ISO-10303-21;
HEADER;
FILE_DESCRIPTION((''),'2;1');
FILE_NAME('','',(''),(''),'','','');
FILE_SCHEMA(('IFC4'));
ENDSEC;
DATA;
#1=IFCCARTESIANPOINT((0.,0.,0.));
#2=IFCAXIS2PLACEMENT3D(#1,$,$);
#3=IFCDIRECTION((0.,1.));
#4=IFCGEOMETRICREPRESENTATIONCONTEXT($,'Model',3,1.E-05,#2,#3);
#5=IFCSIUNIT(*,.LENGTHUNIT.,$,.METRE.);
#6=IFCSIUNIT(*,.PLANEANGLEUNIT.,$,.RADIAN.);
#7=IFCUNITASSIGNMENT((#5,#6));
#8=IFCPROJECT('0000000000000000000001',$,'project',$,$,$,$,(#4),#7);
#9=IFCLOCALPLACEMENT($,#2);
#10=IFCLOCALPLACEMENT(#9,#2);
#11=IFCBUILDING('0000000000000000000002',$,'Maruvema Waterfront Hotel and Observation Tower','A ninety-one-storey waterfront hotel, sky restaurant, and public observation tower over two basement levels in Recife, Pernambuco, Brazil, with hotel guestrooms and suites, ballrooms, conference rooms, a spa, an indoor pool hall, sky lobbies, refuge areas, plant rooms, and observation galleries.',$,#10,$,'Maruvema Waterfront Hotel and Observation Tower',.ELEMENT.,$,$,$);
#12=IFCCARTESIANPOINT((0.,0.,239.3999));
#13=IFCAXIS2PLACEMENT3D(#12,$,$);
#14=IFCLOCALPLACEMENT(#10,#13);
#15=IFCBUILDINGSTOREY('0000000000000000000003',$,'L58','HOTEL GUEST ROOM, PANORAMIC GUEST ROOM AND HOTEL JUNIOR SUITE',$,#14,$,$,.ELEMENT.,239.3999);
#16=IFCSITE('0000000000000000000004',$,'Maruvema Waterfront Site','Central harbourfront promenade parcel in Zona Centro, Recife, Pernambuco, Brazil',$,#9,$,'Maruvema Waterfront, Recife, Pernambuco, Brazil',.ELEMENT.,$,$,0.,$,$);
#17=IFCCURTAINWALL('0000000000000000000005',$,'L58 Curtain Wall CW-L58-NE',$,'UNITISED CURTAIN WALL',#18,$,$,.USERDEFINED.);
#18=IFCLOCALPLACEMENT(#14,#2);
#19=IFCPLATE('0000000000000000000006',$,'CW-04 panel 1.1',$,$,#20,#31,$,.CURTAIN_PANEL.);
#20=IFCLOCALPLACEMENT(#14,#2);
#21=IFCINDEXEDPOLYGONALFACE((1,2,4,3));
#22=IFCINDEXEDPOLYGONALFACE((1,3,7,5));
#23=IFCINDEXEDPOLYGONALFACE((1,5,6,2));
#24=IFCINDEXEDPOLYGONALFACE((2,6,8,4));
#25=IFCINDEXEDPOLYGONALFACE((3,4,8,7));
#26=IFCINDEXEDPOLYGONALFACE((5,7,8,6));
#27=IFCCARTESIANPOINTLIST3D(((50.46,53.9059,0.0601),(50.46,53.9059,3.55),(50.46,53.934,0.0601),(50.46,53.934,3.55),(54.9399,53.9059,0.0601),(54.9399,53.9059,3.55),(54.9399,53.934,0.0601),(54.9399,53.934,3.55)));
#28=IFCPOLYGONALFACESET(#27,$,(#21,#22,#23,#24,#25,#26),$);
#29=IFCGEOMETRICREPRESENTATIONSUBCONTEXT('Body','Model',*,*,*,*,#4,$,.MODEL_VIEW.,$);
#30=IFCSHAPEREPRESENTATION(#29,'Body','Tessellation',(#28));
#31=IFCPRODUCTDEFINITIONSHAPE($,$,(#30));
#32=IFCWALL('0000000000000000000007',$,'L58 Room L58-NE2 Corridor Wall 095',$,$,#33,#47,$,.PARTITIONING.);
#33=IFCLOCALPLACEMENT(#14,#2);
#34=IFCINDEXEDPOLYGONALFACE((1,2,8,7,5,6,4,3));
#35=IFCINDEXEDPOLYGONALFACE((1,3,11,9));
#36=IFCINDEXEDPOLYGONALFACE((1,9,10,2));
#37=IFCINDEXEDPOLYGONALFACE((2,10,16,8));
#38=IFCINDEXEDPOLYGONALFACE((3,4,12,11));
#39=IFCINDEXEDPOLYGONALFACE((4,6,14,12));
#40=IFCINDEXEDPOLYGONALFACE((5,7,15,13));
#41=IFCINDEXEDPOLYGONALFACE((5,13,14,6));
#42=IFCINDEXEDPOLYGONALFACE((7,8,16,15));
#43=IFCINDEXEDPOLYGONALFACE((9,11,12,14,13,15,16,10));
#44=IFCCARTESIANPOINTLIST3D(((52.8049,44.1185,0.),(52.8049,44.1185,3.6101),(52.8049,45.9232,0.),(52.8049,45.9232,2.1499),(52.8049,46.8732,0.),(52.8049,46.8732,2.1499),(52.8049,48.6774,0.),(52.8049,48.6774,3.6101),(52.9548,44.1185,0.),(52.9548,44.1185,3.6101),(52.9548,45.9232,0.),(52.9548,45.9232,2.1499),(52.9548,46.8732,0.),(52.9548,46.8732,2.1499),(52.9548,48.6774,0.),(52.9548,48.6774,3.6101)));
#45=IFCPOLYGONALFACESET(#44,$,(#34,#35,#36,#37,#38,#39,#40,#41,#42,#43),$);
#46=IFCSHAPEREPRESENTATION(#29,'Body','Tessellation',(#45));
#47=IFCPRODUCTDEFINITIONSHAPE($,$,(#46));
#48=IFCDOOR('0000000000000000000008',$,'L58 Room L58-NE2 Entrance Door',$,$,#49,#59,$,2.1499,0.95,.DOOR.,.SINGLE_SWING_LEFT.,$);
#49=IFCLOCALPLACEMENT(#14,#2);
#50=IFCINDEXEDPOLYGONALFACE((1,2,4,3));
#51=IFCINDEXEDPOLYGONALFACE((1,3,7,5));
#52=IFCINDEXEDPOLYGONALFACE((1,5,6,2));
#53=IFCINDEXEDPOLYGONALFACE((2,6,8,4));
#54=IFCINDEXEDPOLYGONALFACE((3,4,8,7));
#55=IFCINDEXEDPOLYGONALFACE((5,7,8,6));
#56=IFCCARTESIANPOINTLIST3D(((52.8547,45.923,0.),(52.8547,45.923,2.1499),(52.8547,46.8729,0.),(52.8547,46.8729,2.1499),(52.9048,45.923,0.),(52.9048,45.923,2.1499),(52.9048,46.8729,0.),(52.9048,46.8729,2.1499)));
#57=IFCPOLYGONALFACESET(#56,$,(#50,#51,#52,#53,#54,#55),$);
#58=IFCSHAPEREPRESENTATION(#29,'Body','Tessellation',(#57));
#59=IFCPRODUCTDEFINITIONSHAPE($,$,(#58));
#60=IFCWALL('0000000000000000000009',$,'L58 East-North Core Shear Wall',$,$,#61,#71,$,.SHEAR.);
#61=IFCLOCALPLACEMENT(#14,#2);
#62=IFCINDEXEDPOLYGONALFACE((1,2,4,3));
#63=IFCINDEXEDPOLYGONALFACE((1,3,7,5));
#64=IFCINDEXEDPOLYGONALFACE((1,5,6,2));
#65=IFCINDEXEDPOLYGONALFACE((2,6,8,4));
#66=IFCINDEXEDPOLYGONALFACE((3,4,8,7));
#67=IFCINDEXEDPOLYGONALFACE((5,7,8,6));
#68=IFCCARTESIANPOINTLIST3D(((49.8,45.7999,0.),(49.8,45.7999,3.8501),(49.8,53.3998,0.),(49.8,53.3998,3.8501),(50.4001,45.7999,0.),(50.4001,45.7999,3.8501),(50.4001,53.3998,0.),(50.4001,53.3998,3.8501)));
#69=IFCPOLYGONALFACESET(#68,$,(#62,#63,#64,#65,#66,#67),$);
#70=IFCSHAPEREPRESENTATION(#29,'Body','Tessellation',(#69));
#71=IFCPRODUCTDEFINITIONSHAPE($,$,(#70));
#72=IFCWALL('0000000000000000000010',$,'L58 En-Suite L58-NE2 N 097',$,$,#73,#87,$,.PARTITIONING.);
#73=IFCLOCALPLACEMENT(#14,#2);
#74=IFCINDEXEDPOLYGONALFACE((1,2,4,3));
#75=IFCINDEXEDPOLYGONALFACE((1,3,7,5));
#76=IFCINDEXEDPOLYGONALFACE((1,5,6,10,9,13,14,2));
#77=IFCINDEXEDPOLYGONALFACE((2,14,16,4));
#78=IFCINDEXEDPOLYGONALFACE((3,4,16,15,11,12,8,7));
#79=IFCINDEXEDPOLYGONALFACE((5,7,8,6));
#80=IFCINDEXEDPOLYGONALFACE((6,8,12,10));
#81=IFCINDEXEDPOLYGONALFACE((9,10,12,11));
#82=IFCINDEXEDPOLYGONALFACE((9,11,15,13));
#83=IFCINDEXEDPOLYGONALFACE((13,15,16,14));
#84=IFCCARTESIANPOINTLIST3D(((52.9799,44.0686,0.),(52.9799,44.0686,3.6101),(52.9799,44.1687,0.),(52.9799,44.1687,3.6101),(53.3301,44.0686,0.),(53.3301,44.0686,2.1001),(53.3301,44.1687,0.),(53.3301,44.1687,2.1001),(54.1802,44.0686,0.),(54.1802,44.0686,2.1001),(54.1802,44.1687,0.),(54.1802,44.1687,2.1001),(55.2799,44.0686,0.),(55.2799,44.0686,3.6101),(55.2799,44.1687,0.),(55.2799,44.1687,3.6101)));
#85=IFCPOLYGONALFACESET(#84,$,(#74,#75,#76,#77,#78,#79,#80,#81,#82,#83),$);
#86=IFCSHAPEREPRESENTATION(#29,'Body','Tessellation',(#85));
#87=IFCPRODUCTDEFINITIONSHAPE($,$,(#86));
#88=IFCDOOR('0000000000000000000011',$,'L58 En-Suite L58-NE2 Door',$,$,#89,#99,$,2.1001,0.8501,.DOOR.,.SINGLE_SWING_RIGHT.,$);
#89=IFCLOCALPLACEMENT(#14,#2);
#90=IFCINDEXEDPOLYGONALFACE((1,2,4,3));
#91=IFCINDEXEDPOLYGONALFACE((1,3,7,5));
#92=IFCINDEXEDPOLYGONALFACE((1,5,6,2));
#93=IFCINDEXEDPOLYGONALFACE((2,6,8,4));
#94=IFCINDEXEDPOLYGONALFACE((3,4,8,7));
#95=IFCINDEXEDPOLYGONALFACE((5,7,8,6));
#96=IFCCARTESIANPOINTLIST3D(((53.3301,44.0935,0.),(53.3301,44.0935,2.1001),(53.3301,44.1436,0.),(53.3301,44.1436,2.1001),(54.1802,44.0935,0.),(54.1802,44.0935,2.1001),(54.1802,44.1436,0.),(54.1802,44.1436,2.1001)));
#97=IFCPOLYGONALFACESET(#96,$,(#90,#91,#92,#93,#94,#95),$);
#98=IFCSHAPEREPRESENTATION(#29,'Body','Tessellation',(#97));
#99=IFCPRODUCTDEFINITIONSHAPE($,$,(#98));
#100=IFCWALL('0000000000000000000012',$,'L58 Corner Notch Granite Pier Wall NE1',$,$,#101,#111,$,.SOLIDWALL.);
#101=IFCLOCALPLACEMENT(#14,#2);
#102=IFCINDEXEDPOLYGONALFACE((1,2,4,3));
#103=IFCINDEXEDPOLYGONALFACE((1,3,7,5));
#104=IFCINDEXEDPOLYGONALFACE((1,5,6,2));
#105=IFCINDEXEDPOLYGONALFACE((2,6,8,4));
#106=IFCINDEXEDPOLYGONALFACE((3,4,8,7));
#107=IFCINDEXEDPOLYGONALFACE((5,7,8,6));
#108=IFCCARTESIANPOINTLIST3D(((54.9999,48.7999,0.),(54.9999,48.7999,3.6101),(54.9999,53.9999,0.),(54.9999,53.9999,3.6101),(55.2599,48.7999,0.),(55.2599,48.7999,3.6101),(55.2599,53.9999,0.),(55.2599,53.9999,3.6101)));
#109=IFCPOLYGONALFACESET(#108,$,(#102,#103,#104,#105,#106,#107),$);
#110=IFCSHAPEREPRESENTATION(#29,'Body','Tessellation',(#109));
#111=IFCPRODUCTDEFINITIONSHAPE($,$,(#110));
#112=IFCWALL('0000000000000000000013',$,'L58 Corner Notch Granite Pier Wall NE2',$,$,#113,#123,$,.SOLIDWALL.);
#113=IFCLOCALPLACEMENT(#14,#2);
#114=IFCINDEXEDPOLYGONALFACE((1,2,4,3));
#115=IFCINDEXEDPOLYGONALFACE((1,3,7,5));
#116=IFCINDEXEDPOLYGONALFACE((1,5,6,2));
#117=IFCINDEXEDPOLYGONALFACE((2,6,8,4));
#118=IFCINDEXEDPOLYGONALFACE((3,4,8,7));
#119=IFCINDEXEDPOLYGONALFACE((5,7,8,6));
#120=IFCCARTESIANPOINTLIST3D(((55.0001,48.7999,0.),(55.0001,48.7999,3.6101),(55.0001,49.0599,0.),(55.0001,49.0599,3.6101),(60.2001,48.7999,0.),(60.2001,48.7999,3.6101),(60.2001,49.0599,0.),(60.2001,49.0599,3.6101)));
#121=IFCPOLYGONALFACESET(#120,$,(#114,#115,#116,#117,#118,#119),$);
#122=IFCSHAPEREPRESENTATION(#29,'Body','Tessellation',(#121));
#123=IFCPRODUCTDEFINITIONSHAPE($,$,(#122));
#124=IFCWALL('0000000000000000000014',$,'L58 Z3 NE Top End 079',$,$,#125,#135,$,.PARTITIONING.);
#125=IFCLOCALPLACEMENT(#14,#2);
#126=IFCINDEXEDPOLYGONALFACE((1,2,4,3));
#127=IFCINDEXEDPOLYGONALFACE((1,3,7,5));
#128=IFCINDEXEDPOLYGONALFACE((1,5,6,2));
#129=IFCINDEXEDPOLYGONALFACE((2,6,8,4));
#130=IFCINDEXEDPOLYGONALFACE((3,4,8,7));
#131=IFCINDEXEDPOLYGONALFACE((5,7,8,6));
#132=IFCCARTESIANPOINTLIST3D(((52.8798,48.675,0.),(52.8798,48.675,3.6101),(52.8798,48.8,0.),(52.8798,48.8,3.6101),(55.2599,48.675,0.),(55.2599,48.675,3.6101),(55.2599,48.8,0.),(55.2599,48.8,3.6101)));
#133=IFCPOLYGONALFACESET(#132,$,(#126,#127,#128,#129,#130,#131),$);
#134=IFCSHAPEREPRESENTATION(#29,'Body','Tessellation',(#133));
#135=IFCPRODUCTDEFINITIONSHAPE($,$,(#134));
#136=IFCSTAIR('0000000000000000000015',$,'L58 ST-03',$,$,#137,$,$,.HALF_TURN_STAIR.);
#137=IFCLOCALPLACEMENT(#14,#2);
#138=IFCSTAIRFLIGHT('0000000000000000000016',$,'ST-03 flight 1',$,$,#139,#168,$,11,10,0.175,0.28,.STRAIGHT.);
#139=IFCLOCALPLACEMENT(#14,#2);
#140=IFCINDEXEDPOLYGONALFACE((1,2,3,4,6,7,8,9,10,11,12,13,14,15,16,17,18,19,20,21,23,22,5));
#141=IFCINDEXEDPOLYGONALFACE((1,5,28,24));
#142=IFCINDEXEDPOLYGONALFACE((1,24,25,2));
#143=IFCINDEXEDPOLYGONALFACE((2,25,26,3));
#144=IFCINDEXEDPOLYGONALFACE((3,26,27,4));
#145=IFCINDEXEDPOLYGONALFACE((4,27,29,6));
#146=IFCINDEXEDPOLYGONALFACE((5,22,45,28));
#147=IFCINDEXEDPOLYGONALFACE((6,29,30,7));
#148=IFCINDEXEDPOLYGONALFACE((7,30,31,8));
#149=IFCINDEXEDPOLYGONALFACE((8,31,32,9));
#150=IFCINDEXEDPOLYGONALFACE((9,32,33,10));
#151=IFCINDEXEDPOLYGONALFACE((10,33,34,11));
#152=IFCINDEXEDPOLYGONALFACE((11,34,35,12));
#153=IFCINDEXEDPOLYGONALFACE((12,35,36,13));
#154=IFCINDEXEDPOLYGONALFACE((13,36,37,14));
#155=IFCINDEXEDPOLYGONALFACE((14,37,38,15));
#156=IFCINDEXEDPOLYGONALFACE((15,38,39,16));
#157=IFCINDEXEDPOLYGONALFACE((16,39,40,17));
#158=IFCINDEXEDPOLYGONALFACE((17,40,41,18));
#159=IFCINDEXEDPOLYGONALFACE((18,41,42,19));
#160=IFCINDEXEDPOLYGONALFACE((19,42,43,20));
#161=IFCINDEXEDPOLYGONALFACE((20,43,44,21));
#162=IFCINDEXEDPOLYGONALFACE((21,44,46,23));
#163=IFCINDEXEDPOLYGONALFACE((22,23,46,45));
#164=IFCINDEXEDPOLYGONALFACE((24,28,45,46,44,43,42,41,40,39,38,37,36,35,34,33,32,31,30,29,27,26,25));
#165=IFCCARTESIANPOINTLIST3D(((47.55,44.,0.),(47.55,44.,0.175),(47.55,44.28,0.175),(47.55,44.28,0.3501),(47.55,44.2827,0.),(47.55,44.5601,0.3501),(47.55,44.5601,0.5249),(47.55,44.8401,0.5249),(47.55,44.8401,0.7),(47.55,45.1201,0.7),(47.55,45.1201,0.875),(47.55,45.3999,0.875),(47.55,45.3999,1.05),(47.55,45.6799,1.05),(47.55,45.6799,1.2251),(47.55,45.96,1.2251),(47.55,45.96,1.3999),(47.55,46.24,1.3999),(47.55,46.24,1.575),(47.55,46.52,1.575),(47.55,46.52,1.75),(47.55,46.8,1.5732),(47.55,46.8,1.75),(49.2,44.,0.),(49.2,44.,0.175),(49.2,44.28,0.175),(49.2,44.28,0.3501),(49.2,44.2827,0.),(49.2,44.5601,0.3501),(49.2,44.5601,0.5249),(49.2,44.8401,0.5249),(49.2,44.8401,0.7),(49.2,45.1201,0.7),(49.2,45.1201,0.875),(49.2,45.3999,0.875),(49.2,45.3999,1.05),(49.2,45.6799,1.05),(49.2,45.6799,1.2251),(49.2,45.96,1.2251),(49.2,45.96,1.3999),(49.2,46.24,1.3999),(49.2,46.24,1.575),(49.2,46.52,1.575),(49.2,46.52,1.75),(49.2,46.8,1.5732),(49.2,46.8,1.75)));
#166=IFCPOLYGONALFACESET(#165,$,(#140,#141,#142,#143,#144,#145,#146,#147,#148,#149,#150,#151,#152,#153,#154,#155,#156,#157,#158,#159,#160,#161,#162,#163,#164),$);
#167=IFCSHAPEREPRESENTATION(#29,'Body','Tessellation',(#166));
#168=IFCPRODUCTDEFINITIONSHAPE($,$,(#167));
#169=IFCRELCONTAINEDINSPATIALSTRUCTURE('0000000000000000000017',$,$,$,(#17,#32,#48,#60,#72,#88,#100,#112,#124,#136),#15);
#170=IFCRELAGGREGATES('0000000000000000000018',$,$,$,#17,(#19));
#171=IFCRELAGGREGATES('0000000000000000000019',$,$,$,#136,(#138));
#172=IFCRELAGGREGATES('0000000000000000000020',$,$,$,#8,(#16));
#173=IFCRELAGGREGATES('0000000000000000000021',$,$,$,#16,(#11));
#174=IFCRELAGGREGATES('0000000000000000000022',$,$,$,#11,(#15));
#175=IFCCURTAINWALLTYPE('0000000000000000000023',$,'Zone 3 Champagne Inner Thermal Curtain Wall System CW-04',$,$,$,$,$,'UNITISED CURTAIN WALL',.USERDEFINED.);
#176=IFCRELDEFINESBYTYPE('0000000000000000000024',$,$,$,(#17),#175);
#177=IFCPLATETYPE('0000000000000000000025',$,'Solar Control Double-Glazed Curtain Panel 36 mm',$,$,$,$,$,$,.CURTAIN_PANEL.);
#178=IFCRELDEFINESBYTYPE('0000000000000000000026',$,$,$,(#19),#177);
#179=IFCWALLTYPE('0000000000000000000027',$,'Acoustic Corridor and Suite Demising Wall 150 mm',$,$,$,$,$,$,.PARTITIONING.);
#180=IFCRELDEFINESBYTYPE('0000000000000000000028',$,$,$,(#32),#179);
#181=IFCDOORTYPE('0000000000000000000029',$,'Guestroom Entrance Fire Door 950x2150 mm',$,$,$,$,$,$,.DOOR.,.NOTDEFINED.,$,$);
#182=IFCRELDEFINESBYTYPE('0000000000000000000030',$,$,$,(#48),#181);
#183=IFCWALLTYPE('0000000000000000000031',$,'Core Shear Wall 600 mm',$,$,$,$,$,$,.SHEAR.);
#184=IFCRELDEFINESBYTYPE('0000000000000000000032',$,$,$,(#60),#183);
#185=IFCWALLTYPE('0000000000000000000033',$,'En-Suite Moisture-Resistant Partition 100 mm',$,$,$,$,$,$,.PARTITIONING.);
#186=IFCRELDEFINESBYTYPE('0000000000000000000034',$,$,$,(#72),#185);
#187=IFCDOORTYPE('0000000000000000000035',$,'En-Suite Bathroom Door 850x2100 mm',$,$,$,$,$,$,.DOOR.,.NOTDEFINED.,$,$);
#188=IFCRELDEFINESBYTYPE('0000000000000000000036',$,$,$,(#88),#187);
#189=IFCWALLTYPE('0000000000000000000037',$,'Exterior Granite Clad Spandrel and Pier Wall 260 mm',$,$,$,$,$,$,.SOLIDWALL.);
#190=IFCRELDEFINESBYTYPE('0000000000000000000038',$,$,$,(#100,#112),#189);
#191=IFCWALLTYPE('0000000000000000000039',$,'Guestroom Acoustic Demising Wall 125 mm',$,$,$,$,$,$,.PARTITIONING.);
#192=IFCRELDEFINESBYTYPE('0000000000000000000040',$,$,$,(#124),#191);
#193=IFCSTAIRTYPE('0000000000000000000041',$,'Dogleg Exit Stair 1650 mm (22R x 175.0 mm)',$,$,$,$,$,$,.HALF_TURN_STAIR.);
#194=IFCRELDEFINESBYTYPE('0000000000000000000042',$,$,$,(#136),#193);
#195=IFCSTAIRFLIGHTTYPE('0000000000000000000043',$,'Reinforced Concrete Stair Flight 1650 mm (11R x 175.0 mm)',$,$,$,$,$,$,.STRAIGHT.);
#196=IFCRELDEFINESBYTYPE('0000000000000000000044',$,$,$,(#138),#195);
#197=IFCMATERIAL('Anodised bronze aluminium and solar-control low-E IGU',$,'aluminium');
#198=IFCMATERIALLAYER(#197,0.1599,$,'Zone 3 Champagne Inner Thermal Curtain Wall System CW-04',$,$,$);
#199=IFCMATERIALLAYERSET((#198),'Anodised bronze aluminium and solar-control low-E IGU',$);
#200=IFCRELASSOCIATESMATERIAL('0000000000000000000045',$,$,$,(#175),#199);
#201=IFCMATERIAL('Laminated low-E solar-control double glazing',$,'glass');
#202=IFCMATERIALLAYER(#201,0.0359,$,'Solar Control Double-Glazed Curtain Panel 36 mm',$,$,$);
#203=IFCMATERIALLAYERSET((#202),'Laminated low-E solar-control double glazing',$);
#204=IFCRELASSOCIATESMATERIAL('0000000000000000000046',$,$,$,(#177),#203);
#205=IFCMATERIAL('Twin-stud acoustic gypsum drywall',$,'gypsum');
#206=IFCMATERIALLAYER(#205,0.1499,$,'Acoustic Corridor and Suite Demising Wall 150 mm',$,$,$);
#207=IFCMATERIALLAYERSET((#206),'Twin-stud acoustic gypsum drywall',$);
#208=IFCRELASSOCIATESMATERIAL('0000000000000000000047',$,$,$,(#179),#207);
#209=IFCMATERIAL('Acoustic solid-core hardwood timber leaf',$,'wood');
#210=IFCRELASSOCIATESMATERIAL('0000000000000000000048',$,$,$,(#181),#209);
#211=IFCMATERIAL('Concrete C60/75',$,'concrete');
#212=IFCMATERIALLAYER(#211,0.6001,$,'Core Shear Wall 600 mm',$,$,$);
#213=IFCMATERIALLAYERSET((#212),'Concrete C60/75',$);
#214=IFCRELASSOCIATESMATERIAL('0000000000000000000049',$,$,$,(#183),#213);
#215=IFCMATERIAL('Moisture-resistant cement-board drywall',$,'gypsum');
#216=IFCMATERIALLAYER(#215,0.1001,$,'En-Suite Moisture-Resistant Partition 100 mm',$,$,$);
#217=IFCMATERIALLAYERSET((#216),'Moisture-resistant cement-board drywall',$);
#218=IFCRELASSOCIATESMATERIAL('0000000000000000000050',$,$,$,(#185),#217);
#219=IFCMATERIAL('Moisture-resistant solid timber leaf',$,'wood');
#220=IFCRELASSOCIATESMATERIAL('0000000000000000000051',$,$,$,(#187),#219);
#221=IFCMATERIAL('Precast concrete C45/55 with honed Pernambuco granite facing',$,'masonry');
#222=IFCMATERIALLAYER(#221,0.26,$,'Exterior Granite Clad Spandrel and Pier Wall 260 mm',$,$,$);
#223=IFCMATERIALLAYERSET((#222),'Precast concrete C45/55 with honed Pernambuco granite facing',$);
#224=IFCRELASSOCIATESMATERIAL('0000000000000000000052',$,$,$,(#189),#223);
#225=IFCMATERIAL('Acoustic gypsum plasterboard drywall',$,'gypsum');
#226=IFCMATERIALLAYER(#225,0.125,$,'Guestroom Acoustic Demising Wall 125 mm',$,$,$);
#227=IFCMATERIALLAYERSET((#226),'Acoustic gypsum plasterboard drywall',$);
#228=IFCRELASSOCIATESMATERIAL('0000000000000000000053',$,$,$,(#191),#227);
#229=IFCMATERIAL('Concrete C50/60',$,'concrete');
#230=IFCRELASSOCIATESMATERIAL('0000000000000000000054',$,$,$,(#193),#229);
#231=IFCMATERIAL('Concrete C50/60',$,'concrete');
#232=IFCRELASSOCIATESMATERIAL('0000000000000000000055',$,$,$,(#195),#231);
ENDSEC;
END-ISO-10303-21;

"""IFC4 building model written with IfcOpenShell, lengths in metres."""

from ifc_helpers import new_model, si_unit, direction, frame, frame_2d, origin, origin_2d, place, context, subcontext, project, spatial, polyline, rectangle, outline, extrude, material, layer, layer_set, type_object, element, fill, aggregate, save


model = new_model("IFC4")

# Units and contexts
model_context = context("Model", 3, precision=1e-05, world=origin(), true_north=direction((0.0, 1.0)))
body_context = subcontext(model_context, "Body", "Model", "MODEL_VIEW")
ifc_project = project(units=[si_unit("LENGTHUNIT", "METRE"), si_unit("PLANEANGLEUNIT", "RADIAN")], contexts=[model_context])

# Site, building, storey
site_placement = place(None, origin())
site = spatial("IfcSite", under=ifc_project, at=site_placement, Name="Maruvema Waterfront Site", Description="Central harbourfront promenade parcel in Zona Centro, Recife, Pernambuco, Brazil", LongName="Maruvema Waterfront, Recife, Pernambuco, Brazil", CompositionType="ELEMENT", RefElevation=0.0)
building_placement = place(site_placement, origin())
building = spatial("IfcBuilding", under=site, at=building_placement, Name="Maruvema Waterfront Hotel and Observation Tower", Description="A ninety-one-storey waterfront hotel, sky restaurant, and public observation tower over two basement levels in Recife, Pernambuco, Brazil, with hotel guestrooms and suites, ballrooms, conference rooms, a spa, an indoor pool hall, sky lobbies, refuge areas, plant rooms, and observation galleries.", LongName="Maruvema Waterfront Hotel and Observation Tower", CompositionType="ELEMENT")
storey_placement = place(building_placement, frame((0.0, 0.0, 239.3999)))
storey = spatial("IfcBuildingStorey", under=building, at=storey_placement, Name="L58", Description="HOTEL GUEST ROOM, PANORAMIC GUEST ROOM AND HOTEL JUNIOR SUITE", CompositionType="ELEMENT", Elevation=239.3999)

# Curtain wall
ifc_material_1 = material(Name="Anodised bronze aluminium and solar-control low-E IGU", Category="aluminium")
ifc_layer_1 = layer(ifc_material_1, 0.1599, Name="Zone 3 Champagne Inner Thermal Curtain Wall System CW-04")
ifc_layer_set_1 = layer_set([ifc_layer_1], Name="Anodised bronze aluminium and solar-control low-E IGU")
curtain_wall_type = type_object("IfcCurtainWallType", Name="Zone 3 Champagne Inner Thermal Curtain Wall System CW-04", ElementType="UNITISED CURTAIN WALL", PredefinedType="USERDEFINED", material=ifc_layer_set_1)
curtain_wall_1_placement = place(storey_placement, origin())
curtain_wall_1 = element("IfcCurtainWall", 1, at=curtain_wall_1_placement, inside=storey, type_object=curtain_wall_type, Name="L58 Curtain Wall CW-L58-NE", ObjectType="UNITISED CURTAIN WALL", PredefinedType="USERDEFINED")

# Plate
ifc_material_2 = material(Name="Laminated low-E solar-control double glazing", Category="glass")
ifc_layer_2 = layer(ifc_material_2, 0.0359, Name="Solar Control Double-Glazed Curtain Panel 36 mm")
ifc_layer_set_2 = layer_set([ifc_layer_2], Name="Laminated low-E solar-control double glazing")
plate_type = type_object("IfcPlateType", Name="Solar Control Double-Glazed Curtain Panel 36 mm", PredefinedType="CURTAIN_PANEL", material=ifc_layer_set_2)
plate_1_placement = place(storey_placement, frame((52.7, 53.9199, 0.0601), z_axis=(0.0, 0.0, 1.0), x_axis=(-1.0, 0.0, 0.0)))
plate_1 = element("IfcPlate", 2, at=plate_1_placement, type_object=plate_type, Name="CW-04 panel 1.1", PredefinedType="CURTAIN_PANEL", context=body_context, shape_type="SweptSolid", body=[
    extrude(rectangle(XDim=4.48, YDim=0.0281, at=origin_2d()), origin(), (0.0, 0.0, 1.0), 3.49),
])
aggregate(curtain_wall_1, [plate_1])

# Wall, opening, door
ifc_material_3 = material(Name="Twin-stud acoustic gypsum drywall", Category="gypsum")
ifc_layer_3 = layer(ifc_material_3, 0.1499, Name="Acoustic Corridor and Suite Demising Wall 150 mm")
ifc_layer_set_3 = layer_set([ifc_layer_3], Name="Twin-stud acoustic gypsum drywall")
wall_type_1 = type_object("IfcWallType", Name="Acoustic Corridor and Suite Demising Wall 150 mm", PredefinedType="PARTITIONING", material=ifc_layer_set_3)
wall_1_placement = place(storey_placement, frame((52.8799, 44.1187, 0.0), z_axis=(0.0, 0.0, 1.0), x_axis=(0.0, 1.0, 0.0)))
wall_1 = element("IfcWall", 3, at=wall_1_placement, inside=storey, type_object=wall_type_1, Name="L58 Room L58-NE2 Corridor Wall 095", PredefinedType="PARTITIONING", context=body_context, shape_type="SweptSolid", body=[
    extrude(rectangle(XDim=4.5588, YDim=0.1499, at=frame_2d((2.2793, 0.0))), origin(), (0.0, 0.0, 1.0), 3.6101),
])
opening_1_placement = place(wall_1_placement, frame((1.8044, 0.0, 0.0)))
opening_1 = element("IfcOpeningElement", 4, at=opening_1_placement, cuts=wall_1, PredefinedType="OPENING", context=body_context, shape_type="SweptSolid", body=[
    extrude(rectangle(XDim=0.95, YDim=2.1499, at=frame_2d((0.4751, 1.075))), frame((0.0, 0.085, 0.0), z_axis=(0.0, -1.0, 0.0), x_axis=(1.0, 0.0, 0.0)), (0.0, 0.0, 1.0), 0.1699),
])
ifc_material_4 = material(Name="Acoustic solid-core hardwood timber leaf", Category="wood")
door_type_1 = type_object("IfcDoorType", Name="Guestroom Entrance Fire Door 950x2150 mm", OperationType="NOTDEFINED", PredefinedType="DOOR", material=ifc_material_4)
door_1_placement = place(opening_1_placement, frame((0.95, 0.0, 0.0), z_axis=(0.0, 0.0, 1.0), x_axis=(-1.0, 0.0, 0.0)))
door_1 = element("IfcDoor", 5, at=door_1_placement, inside=storey, type_object=door_type_1, Name="L58 Room L58-NE2 Entrance Door", OperationType="SINGLE_SWING_LEFT", OverallHeight=2.1499, OverallWidth=0.95, PredefinedType="DOOR", context=body_context, shape_type="SweptSolid", body=[
    extrude(rectangle(XDim=0.95, YDim=2.1499, at=frame_2d((0.4751, 1.075))), frame((0.0, 0.0249, 0.0), z_axis=(0.0, -1.0, 0.0), x_axis=(1.0, 0.0, 0.0)), (0.0, 0.0, 1.0), 0.05),
])
fill(opening_1, door_1)

# Wall
ifc_material_5 = material(Name="Concrete C60/75", Category="concrete")
ifc_layer_4 = layer(ifc_material_5, 0.6001, Name="Core Shear Wall 600 mm")
ifc_layer_set_4 = layer_set([ifc_layer_4], Name="Concrete C60/75")
wall_type_2 = type_object("IfcWallType", Name="Core Shear Wall 600 mm", PredefinedType="SHEAR", material=ifc_layer_set_4)
wall_2_placement = place(storey_placement, frame((50.1001, 45.8, 0.0), z_axis=(0.0, 0.0, 1.0), x_axis=(0.0, 1.0, 0.0)))
element("IfcWall", 6, at=wall_2_placement, inside=storey, type_object=wall_type_2, Name="L58 East-North Core Shear Wall", PredefinedType="SHEAR", context=body_context, shape_type="SweptSolid", body=[
    extrude(rectangle(XDim=7.5999, YDim=0.6001, at=frame_2d((3.7998, 0.0))), origin(), (0.0, 0.0, 1.0), 3.8501),
])

# Wall, opening, door
ifc_material_6 = material(Name="Moisture-resistant cement-board drywall", Category="gypsum")
ifc_layer_5 = layer(ifc_material_6, 0.1001, Name="En-Suite Moisture-Resistant Partition 100 mm")
ifc_layer_set_5 = layer_set([ifc_layer_5], Name="Moisture-resistant cement-board drywall")
wall_type_3 = type_object("IfcWallType", Name="En-Suite Moisture-Resistant Partition 100 mm", PredefinedType="PARTITIONING", material=ifc_layer_set_5)
wall_3_placement = place(storey_placement, frame((52.98, 44.1187, 0.0), z_axis=(0.0, 0.0, 1.0), x_axis=(1.0, 0.0, 0.0)))
wall_3 = element("IfcWall", 7, at=wall_3_placement, inside=storey, type_object=wall_type_3, Name="L58 En-Suite L58-NE2 N 097", PredefinedType="PARTITIONING", context=body_context, shape_type="SweptSolid", body=[
    extrude(rectangle(XDim=2.3, YDim=0.1001, at=frame_2d((1.1499, 0.0))), origin(), (0.0, 0.0, 1.0), 3.6101),
])
opening_2_placement = place(wall_3_placement, frame((0.3501, 0.0, 0.0)))
opening_2 = element("IfcOpeningElement", 8, at=opening_2_placement, cuts=wall_3, PredefinedType="OPENING", context=body_context, shape_type="SweptSolid", body=[
    extrude(rectangle(XDim=0.8501, YDim=2.1001, at=frame_2d((0.425, 1.05))), frame((0.0, 0.0601, 0.0), z_axis=(0.0, -1.0, 0.0), x_axis=(1.0, 0.0, 0.0)), (0.0, 0.0, 1.0), 0.1201),
])
ifc_material_7 = material(Name="Moisture-resistant solid timber leaf", Category="wood")
door_type_2 = type_object("IfcDoorType", Name="En-Suite Bathroom Door 850x2100 mm", OperationType="NOTDEFINED", PredefinedType="DOOR", material=ifc_material_7)
door_2_placement = place(opening_2_placement, origin())
door_2 = element("IfcDoor", 9, at=door_2_placement, inside=storey, type_object=door_type_2, Name="L58 En-Suite L58-NE2 Door", OperationType="SINGLE_SWING_RIGHT", OverallHeight=2.1001, OverallWidth=0.8501, PredefinedType="DOOR", context=body_context, shape_type="SweptSolid", body=[
    extrude(rectangle(XDim=0.8501, YDim=2.1001, at=frame_2d((0.425, 1.05))), frame((0.0, 0.0249, 0.0), z_axis=(0.0, -1.0, 0.0), x_axis=(1.0, 0.0, 0.0)), (0.0, 0.0, 1.0), 0.05),
])
fill(opening_2, door_2)

# Walls
ifc_material_8 = material(Name="Precast concrete C45/55 with honed Pernambuco granite facing", Category="masonry")
ifc_layer_6 = layer(ifc_material_8, 0.26, Name="Exterior Granite Clad Spandrel and Pier Wall 260 mm")
ifc_layer_set_6 = layer_set([ifc_layer_6], Name="Precast concrete C45/55 with honed Pernambuco granite facing")
wall_type_4 = type_object("IfcWallType", Name="Exterior Granite Clad Spandrel and Pier Wall 260 mm", PredefinedType="SOLIDWALL", material=ifc_layer_set_6)
for number, where, z_axis, x_axis, name in (
    (10, (55.1299, 54.0, 0.0), (0.0, 0.0, 1.0), (0.0, -1.0, 0.0), "L58 Corner Notch Granite Pier Wall NE1"),
    (11, (55.0, 48.9299, 0.0), (0.0, 0.0, 1.0), (1.0, 0.0, 0.0), "L58 Corner Notch Granite Pier Wall NE2"),
):
    element("IfcWall", number, at=place(storey_placement, frame(where, z_axis=z_axis, x_axis=x_axis)), inside=storey, type_object=wall_type_4, Name=name, PredefinedType="SOLIDWALL", context=body_context, shape_type="SweptSolid", body=[
        extrude(rectangle(XDim=5.2, YDim=0.26, at=frame_2d((2.6001, 0.0))), origin(), (0.0, 0.0, 1.0), 3.6101),
    ])
ifc_material_9 = material(Name="Acoustic gypsum plasterboard drywall", Category="gypsum")
ifc_layer_7 = layer(ifc_material_9, 0.125, Name="Guestroom Acoustic Demising Wall 125 mm")
ifc_layer_set_7 = layer_set([ifc_layer_7], Name="Acoustic gypsum plasterboard drywall")
wall_type_5 = type_object("IfcWallType", Name="Guestroom Acoustic Demising Wall 125 mm", PredefinedType="PARTITIONING", material=ifc_layer_set_7)
wall_4_placement = place(storey_placement, frame((52.8799, 48.7375, 0.0), z_axis=(0.0, 0.0, 1.0), x_axis=(1.0, 0.0, 0.0)))
element("IfcWall", 12, at=wall_4_placement, inside=storey, type_object=wall_type_5, Name="L58 Z3 NE Top End 079", PredefinedType="PARTITIONING", context=body_context, shape_type="SweptSolid", body=[
    extrude(rectangle(XDim=2.3801, YDim=0.125, at=frame_2d((1.1899, 0.0))), origin(), (0.0, 0.0, 1.0), 3.6101),
])

# Stair, stair flight
ifc_material_10 = material(Name="Concrete C50/60", Category="concrete")
stair_type = type_object("IfcStairType", Name="Dogleg Exit Stair 1650 mm (22R x 175.0 mm)", PredefinedType="HALF_TURN_STAIR", material=ifc_material_10)
stair_placement = place(storey_placement, origin())
stair = element("IfcStair", 13, at=stair_placement, inside=storey, type_object=stair_type, Name="L58 ST-03", PredefinedType="HALF_TURN_STAIR")
ifc_material_11 = material(Name="Concrete C50/60", Category="concrete")
stair_flight_type = type_object("IfcStairFlightType", Name="Reinforced Concrete Stair Flight 1650 mm (11R x 175.0 mm)", PredefinedType="STRAIGHT", material=ifc_material_11)
stair_flight_placement = place(storey_placement, frame((48.375, 44.0, 0.0), z_axis=(0.0, 0.0, 1.0), x_axis=(0.0, 1.0, 0.0)))
stair_flight = element("IfcStairFlight", 14, at=stair_flight_placement, type_object=stair_flight_type, Name="ST-03 flight 1", NumberOfRisers=11, NumberOfTreads=10, PredefinedType="STRAIGHT", RiserHeight=0.175, TreadLength=0.28, context=body_context, shape_type="SweptSolid", body=[
    extrude(outline(polyline([(0.0, 0.0), (0.0, 0.175), (0.28, 0.175), (0.28, 0.3501), (0.5601, 0.3501), (0.5601, 0.5249), (0.8401, 0.5249), (0.8401, 0.7), (1.1201, 0.7), (1.1201, 0.875), (1.3999, 0.875), (1.3999, 1.05), (1.6799, 1.05), (1.6799, 1.2251), (1.96, 1.2251), (1.96, 1.3999), (2.24, 1.3999), (2.24, 1.575), (2.52, 1.575), (2.52, 1.75), (2.8, 1.75), (2.8, 1.925), (2.8, 1.5732), (0.2827, 0.0), (0.0, 0.0)])), frame((0.0, 0.825, 0.0), z_axis=(0.0, -1.0, 0.0), x_axis=(1.0, 0.0, 0.0)), (0.0, 0.0, 1.0), 1.6499),
])
aggregate(stair, [stair_flight])

save(model, "model.ifc")
